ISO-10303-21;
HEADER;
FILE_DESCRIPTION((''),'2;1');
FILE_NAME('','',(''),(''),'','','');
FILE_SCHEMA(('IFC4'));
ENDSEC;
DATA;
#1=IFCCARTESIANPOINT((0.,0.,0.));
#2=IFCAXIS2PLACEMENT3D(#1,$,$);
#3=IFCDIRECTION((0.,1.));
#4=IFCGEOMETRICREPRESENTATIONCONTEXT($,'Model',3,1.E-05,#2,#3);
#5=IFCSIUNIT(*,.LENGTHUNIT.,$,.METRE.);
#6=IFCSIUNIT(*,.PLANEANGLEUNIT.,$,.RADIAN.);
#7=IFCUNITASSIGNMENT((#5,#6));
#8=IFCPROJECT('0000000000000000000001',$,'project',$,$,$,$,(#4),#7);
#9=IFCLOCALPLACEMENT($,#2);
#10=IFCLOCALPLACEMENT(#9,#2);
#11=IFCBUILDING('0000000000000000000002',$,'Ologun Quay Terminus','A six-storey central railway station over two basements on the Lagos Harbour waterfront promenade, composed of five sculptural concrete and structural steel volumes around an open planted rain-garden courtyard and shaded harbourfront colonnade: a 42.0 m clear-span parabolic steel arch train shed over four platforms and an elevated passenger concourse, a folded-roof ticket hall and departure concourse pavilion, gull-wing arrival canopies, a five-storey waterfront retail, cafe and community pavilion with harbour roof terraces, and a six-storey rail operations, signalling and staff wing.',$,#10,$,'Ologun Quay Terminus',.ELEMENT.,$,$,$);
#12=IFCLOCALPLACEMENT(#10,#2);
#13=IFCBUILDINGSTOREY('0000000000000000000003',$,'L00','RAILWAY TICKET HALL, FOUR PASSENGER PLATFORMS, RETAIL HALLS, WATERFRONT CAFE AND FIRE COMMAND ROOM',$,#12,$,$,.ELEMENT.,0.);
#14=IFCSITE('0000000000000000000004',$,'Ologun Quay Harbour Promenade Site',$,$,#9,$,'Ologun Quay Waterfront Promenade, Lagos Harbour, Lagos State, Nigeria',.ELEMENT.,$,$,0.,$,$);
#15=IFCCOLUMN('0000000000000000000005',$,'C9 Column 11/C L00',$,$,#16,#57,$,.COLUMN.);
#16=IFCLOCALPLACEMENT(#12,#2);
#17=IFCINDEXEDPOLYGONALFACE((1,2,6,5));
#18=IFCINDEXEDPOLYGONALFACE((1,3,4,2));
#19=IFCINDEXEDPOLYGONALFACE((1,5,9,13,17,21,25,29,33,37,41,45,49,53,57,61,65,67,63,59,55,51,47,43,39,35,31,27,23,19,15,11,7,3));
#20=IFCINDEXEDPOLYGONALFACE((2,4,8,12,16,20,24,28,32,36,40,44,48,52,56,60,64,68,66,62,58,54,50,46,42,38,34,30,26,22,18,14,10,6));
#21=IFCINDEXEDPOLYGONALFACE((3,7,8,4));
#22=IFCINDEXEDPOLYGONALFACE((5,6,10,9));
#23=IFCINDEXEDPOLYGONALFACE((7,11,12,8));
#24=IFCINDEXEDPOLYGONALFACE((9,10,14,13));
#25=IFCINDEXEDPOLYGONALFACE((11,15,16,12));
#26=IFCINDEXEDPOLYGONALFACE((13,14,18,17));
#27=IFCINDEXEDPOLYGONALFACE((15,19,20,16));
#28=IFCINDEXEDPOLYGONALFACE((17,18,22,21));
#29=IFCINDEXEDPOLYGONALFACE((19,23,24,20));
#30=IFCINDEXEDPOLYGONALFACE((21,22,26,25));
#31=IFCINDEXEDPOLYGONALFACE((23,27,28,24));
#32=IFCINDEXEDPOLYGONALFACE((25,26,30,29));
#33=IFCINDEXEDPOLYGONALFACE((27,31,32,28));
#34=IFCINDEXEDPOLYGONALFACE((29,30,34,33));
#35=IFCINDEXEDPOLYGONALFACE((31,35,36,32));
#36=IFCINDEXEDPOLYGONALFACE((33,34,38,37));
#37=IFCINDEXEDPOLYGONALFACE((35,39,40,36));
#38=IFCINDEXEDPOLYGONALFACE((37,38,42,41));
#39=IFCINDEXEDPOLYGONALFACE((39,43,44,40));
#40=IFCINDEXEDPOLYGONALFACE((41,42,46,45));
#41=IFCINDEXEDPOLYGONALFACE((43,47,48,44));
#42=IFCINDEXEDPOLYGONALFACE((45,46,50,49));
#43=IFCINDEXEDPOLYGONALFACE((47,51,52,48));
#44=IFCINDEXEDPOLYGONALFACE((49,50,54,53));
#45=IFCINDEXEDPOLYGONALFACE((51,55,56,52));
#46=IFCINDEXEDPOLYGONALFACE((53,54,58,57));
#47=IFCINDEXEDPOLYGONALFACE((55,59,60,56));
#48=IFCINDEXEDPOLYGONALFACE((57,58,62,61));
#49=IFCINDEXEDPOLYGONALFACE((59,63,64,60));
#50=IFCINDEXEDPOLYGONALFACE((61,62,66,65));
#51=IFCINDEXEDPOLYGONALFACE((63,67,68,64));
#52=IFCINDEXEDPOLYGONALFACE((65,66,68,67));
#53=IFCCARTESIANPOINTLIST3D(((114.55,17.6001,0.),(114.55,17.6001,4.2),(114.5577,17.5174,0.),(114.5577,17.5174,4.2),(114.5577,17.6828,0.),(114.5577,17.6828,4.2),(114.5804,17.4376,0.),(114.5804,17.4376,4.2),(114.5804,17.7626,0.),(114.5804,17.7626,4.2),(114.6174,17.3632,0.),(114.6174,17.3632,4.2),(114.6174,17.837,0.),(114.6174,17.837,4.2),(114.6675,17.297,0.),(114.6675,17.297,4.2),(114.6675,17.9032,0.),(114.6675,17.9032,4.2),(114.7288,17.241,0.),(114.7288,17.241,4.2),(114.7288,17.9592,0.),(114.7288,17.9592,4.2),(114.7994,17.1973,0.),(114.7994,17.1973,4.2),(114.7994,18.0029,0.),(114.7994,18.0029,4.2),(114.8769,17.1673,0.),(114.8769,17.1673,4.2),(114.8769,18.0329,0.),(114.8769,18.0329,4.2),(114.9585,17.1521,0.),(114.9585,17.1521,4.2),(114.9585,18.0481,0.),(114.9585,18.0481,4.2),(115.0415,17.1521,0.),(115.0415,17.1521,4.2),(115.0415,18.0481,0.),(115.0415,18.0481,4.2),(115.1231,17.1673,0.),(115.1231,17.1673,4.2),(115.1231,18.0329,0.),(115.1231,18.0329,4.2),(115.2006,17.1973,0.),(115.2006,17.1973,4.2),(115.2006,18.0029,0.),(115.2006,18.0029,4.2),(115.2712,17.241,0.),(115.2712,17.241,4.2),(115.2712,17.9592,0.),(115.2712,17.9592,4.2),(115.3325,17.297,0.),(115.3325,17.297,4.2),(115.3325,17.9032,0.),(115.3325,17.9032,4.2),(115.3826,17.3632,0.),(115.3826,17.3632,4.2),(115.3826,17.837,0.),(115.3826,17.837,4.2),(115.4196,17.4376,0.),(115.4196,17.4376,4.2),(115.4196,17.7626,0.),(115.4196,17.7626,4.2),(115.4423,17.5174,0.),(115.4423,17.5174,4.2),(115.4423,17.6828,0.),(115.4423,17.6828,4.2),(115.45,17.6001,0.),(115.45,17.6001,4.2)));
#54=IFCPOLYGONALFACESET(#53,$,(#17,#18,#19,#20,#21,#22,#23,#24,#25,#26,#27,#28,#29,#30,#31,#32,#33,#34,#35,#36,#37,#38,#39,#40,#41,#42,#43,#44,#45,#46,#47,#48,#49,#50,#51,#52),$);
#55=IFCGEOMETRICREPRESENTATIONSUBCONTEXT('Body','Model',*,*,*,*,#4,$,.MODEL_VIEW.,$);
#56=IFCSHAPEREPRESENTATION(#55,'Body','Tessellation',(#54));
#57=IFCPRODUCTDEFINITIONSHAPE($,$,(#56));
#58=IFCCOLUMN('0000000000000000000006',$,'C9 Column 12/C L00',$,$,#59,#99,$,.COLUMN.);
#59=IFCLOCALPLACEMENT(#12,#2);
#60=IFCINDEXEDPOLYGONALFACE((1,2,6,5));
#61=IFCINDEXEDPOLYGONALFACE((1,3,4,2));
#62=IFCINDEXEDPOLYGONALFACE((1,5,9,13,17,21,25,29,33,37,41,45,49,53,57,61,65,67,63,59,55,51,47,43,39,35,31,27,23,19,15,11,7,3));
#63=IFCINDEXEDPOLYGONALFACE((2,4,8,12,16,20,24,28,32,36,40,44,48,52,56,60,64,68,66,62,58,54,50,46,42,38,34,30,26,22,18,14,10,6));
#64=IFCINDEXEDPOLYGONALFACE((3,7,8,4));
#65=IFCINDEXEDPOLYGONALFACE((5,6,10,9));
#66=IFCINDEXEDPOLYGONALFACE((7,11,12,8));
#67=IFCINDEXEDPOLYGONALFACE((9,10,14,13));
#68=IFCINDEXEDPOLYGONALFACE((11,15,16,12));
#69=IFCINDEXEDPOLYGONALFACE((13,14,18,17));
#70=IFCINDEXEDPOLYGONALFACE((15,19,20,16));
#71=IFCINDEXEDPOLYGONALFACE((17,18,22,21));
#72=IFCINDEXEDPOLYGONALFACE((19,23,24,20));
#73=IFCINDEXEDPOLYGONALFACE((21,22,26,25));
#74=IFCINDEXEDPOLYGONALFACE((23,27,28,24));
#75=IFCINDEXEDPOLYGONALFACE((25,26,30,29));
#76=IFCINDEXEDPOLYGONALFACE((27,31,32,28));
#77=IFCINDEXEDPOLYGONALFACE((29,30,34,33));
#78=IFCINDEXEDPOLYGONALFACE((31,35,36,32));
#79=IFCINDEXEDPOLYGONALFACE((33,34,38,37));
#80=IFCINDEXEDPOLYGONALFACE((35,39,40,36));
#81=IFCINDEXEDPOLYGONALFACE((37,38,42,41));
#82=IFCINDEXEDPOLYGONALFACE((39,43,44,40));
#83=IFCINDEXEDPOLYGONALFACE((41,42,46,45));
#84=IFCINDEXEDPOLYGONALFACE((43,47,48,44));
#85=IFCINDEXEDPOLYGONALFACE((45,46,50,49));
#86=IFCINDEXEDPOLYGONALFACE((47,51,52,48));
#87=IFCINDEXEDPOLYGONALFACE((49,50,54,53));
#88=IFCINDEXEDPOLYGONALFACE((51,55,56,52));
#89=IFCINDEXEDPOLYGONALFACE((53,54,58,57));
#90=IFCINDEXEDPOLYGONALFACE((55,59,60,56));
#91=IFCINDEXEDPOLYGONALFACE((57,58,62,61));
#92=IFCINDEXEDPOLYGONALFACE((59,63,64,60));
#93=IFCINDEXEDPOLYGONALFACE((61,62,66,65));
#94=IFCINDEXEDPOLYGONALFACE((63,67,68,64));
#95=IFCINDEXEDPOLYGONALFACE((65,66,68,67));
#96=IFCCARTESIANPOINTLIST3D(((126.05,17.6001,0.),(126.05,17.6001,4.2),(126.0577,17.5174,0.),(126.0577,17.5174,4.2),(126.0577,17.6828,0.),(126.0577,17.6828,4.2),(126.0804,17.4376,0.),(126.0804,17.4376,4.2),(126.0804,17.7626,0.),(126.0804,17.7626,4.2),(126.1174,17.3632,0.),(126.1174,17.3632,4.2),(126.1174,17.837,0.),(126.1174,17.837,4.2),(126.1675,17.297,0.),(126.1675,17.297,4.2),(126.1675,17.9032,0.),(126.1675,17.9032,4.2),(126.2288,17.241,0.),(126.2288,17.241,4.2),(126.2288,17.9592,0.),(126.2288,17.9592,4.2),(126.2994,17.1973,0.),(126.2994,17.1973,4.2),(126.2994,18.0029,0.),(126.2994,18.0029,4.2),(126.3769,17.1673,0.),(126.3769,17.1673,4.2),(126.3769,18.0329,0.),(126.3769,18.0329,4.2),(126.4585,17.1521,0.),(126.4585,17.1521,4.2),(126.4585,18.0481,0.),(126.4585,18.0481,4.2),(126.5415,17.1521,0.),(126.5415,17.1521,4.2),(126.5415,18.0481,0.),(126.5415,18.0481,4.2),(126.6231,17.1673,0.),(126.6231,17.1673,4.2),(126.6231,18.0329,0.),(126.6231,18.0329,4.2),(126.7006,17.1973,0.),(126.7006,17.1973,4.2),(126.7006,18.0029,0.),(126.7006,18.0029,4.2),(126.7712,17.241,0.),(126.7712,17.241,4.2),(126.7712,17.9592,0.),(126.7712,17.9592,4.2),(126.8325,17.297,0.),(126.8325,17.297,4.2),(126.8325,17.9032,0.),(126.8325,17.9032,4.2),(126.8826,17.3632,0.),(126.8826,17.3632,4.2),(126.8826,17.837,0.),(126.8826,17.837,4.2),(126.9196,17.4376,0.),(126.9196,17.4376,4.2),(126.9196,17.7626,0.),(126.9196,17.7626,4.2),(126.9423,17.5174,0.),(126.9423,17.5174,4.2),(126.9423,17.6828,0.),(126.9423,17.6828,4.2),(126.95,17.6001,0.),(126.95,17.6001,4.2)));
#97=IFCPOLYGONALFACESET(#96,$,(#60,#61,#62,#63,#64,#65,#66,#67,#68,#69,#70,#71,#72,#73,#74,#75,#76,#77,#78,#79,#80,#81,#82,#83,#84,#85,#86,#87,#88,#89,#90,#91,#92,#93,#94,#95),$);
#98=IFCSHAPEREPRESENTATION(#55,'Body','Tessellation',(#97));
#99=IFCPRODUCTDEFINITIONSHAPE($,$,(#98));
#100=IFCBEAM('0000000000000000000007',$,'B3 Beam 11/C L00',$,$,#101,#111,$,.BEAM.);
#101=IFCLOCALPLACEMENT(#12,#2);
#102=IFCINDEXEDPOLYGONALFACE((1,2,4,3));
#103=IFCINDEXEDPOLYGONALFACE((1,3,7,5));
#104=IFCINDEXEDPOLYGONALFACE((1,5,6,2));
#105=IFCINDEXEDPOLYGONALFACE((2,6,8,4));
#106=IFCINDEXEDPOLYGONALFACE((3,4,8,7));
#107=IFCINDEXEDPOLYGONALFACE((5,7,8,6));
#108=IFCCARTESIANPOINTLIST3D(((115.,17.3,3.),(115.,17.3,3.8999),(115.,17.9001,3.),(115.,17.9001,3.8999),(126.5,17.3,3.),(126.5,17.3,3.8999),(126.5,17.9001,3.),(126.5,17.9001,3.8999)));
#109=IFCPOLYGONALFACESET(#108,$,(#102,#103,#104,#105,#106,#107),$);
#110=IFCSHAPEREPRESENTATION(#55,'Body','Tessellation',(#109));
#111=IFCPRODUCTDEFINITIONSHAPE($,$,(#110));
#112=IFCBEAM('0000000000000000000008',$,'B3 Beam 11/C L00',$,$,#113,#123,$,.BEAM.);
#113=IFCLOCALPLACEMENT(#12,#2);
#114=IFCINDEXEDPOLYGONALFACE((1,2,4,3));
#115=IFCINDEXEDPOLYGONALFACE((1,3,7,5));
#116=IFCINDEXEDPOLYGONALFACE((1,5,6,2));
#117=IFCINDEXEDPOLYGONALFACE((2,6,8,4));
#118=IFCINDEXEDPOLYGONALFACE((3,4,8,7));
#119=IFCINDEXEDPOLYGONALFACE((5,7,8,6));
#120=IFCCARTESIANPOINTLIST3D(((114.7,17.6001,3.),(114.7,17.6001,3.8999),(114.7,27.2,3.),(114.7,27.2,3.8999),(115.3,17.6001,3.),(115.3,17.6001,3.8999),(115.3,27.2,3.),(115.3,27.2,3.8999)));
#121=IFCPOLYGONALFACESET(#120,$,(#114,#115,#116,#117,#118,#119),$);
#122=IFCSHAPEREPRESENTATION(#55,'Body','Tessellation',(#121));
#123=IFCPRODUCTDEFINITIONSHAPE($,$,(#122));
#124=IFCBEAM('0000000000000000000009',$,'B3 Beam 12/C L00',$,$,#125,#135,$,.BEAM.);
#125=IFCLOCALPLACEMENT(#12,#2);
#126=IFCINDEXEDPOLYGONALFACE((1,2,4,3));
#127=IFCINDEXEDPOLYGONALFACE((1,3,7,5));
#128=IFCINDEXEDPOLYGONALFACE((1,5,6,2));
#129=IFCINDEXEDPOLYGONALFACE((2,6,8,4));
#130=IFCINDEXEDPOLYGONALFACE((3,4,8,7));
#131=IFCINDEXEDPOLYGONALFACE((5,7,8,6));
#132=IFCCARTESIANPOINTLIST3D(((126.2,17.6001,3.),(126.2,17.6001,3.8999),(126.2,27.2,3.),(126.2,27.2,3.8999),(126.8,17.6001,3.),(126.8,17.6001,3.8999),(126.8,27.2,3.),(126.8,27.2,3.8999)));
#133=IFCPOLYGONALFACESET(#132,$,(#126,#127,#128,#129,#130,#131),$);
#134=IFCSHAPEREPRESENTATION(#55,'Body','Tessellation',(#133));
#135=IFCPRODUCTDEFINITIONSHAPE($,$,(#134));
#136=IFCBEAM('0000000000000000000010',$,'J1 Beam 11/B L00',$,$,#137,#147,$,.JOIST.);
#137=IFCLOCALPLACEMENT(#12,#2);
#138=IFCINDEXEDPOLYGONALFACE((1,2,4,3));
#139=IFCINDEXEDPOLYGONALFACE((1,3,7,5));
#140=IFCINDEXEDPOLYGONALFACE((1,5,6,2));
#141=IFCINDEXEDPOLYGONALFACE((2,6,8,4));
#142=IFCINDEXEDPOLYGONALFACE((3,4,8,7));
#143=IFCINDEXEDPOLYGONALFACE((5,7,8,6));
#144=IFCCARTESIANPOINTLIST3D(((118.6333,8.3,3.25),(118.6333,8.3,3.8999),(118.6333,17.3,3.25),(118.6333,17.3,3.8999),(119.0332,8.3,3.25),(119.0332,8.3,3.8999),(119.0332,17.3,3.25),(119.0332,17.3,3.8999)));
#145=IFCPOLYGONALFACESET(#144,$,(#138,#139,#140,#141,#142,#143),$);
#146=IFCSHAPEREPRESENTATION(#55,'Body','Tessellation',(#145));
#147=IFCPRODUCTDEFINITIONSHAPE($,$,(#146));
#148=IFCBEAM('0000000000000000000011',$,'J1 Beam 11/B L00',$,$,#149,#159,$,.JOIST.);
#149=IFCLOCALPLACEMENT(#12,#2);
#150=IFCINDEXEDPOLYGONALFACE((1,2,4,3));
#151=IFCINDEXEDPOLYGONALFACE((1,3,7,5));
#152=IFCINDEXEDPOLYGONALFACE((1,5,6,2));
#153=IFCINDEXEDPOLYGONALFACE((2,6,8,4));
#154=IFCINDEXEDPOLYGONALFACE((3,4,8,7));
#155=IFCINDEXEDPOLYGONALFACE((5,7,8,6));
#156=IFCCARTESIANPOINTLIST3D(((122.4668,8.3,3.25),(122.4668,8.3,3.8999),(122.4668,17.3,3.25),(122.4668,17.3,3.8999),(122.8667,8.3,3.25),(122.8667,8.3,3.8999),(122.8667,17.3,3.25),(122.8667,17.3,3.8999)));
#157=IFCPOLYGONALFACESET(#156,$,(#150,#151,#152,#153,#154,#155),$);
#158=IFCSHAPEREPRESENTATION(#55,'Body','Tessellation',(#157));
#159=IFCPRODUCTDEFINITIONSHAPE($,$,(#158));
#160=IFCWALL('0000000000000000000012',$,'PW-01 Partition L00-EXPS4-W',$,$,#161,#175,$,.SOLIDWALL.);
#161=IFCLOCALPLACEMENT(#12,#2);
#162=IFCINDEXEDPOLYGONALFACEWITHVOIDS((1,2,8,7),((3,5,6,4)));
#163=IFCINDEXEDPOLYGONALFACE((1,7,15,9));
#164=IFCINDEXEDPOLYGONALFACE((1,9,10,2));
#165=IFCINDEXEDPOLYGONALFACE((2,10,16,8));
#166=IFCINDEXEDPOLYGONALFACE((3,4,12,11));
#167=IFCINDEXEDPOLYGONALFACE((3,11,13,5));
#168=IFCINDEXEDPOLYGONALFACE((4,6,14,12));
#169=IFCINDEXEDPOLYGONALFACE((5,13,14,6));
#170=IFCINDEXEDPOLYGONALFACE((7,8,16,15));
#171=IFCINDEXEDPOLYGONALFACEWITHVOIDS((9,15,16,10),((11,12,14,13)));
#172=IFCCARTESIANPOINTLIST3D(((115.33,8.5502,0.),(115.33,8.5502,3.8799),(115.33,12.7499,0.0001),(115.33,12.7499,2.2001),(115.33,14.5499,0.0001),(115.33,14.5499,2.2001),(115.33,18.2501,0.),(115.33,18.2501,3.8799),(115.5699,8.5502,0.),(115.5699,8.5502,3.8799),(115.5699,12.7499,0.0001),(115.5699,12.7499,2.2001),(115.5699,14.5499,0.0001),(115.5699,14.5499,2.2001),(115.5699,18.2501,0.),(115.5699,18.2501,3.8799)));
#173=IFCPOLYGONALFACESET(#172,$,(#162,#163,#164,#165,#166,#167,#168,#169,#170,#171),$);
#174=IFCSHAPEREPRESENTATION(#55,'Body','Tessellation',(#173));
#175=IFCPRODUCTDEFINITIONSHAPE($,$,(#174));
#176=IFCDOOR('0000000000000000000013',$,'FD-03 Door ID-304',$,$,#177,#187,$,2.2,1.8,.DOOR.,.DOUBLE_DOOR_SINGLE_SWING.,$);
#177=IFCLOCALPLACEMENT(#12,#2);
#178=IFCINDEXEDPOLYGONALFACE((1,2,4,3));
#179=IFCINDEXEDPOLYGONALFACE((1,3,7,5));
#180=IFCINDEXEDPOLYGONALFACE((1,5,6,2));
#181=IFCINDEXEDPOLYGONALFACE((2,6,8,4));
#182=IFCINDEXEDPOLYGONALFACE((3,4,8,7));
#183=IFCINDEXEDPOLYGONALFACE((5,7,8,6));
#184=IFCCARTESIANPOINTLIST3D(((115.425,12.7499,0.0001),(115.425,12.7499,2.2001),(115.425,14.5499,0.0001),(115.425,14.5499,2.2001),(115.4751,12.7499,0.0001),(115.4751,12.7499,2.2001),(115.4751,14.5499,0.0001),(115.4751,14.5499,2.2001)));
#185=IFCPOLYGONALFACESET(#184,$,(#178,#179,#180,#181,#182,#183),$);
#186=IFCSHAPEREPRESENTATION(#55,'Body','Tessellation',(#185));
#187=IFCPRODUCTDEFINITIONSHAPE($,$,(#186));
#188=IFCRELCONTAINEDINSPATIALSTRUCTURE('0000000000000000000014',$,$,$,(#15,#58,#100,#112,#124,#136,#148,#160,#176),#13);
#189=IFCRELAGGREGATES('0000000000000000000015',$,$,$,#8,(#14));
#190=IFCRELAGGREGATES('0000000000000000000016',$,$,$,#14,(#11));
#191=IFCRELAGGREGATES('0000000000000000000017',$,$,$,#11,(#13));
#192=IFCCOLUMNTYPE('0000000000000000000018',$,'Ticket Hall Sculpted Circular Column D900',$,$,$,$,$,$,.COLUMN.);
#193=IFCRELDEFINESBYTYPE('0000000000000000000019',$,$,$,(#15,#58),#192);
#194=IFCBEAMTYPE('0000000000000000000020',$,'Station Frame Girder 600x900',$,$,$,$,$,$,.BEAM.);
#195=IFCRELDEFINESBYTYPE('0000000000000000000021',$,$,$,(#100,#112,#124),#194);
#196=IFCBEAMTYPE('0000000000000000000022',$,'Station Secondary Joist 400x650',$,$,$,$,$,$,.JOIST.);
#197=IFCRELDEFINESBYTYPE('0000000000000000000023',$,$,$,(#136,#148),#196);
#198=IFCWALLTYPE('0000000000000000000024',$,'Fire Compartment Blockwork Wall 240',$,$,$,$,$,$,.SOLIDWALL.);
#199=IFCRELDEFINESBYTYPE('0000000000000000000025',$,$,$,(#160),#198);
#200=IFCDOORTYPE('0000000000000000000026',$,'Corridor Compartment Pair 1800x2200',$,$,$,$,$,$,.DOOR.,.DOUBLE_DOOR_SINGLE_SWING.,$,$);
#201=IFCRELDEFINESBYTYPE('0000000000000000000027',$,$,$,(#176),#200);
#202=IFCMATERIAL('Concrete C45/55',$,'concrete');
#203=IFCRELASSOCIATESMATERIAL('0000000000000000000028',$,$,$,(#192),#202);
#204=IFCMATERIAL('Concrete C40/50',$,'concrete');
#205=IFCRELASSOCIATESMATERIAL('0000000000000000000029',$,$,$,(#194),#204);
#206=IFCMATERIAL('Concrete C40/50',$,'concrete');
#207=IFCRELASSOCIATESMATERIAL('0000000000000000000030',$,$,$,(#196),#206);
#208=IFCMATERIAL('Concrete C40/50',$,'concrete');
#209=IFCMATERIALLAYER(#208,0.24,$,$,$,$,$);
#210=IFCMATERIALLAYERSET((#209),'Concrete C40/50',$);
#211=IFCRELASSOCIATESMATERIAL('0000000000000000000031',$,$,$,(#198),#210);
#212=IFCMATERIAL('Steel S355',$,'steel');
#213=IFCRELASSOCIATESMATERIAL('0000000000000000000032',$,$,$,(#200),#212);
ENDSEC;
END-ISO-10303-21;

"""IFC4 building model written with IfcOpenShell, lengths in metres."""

from ifc_helpers import new_model, si_unit, direction, frame, frame_2d, origin, origin_2d, place, context, subcontext, project, spatial, rectangle, circle, extrude, material, layer, layer_set, material_profile, profile_set, type_object, element, fill, save


model = new_model("IFC4")

# Units and contexts
model_context = context("Model", 3, precision=1e-05, world=origin(), true_north=direction((0.0, 1.0)))
body_context = subcontext(model_context, "Body", "Model", "MODEL_VIEW")
ifc_project = project(units=[si_unit("LENGTHUNIT", "METRE"), si_unit("PLANEANGLEUNIT", "RADIAN")], contexts=[model_context])

# Site, building, storey
site_placement = place(None, origin())
site = spatial("IfcSite", under=ifc_project, at=site_placement, Name="Ologun Quay Harbour Promenade Site", LongName="Ologun Quay Waterfront Promenade, Lagos Harbour, Lagos State, Nigeria", CompositionType="ELEMENT", RefElevation=0.0)
building_placement = place(site_placement, origin())
building = spatial("IfcBuilding", under=site, at=building_placement, Name="Ologun Quay Terminus", Description="A six-storey central railway station over two basements on the Lagos Harbour waterfront promenade, composed of five sculptural concrete and structural steel volumes around an open planted rain-garden courtyard and shaded harbourfront colonnade: a 42.0 m clear-span parabolic steel arch train shed over four platforms and an elevated passenger concourse, a folded-roof ticket hall and departure concourse pavilion, gull-wing arrival canopies, a five-storey waterfront retail, cafe and community pavilion with harbour roof terraces, and a six-storey rail operations, signalling and staff wing.", LongName="Ologun Quay Terminus", CompositionType="ELEMENT")
storey_placement = place(building_placement, origin())
storey = spatial("IfcBuildingStorey", under=building, at=storey_placement, Name="L00", Description="RAILWAY TICKET HALL, FOUR PASSENGER PLATFORMS, RETAIL HALLS, WATERFRONT CAFE AND FIRE COMMAND ROOM", CompositionType="ELEMENT", Elevation=0.0)

# Columns
ifc_material_1 = material(Name="Concrete C45/55", Category="concrete")
ifc_material_profile_1 = material_profile(ifc_material_1, circle(Radius=0.45, at=origin_2d()), Name="RC D900")
ifc_profile_set_1 = profile_set([ifc_material_profile_1], Name="Concrete C45/55")
column_type = type_object("IfcColumnType", Name="Ticket Hall Sculpted Circular Column D900", PredefinedType="COLUMN", material=ifc_profile_set_1)
for number, where, z_axis, x_axis, name in (
    (1, (115.0, 17.6001, 0.0), (0.0, 0.0, 1.0), (1.0, 0.0, 0.0), "C9 Column 11/C L00"),
    (2, (126.5, 17.6001, 0.0), (0.0, 0.0, 1.0), (1.0, 0.0, 0.0), "C9 Column 12/C L00"),
):
    element("IfcColumn", number, at=place(storey_placement, frame(where, z_axis=z_axis, x_axis=x_axis)), inside=storey, type_object=column_type, Name=name, PredefinedType="COLUMN", context=body_context, shape_type="SweptSolid", body=[
        extrude(circle(Radius=0.45, at=origin_2d()), origin(), (0.0, 0.0, 1.0), 4.2),
    ])

# Beams
ifc_material_2 = material(Name="Concrete C40/50", Category="concrete")
ifc_material_profile_2 = material_profile(ifc_material_2, rectangle(XDim=0.6001, YDim=0.8999, at=origin_2d()), Name="RC 600x900")
ifc_profile_set_2 = profile_set([ifc_material_profile_2], Name="Concrete C40/50")
beam_type_1 = type_object("IfcBeamType", Name="Station Frame Girder 600x900", PredefinedType="BEAM", material=ifc_profile_set_2)
beam_placement = place(storey_placement, frame((115.0, 17.6001, 3.45), z_axis=(1.0, 0.0, 0.0), x_axis=(0.0, 1.0, 0.0)))
element("IfcBeam", 3, at=beam_placement, inside=storey, type_object=beam_type_1, Name="B3 Beam 11/C L00", PredefinedType="BEAM", context=body_context, shape_type="SweptSolid", body=[
    extrude(rectangle(XDim=0.6001, YDim=0.8999, at=origin_2d()), origin(), (0.0, 0.0, 1.0), 11.5),
])
for number, where, z_axis, x_axis, name in (
    (4, (115.0, 17.6001, 3.45), (0.0, 1.0, 0.0), (-1.0, 0.0, 0.0), "B3 Beam 11/C L00"),
    (5, (126.5, 17.6001, 3.45), (0.0, 1.0, 0.0), (-1.0, 0.0, 0.0), "B3 Beam 12/C L00"),
):
    element("IfcBeam", number, at=place(storey_placement, frame(where, z_axis=z_axis, x_axis=x_axis)), inside=storey, type_object=beam_type_1, Name=name, PredefinedType="BEAM", context=body_context, shape_type="SweptSolid", body=[
        extrude(rectangle(XDim=0.6001, YDim=0.8999, at=origin_2d()), origin(), (0.0, 0.0, 1.0), 9.5999),
    ])
ifc_material_3 = material(Name="Concrete C40/50", Category="concrete")
ifc_material_profile_3 = material_profile(ifc_material_3, rectangle(XDim=0.3999, YDim=0.6499, at=origin_2d()), Name="RC 400x650")
ifc_profile_set_3 = profile_set([ifc_material_profile_3], Name="Concrete C40/50")
beam_type_2 = type_object("IfcBeamType", Name="Station Secondary Joist 400x650", PredefinedType="JOIST", material=ifc_profile_set_3)
for number, where, z_axis, x_axis, name in (
    (6, (118.8333, 8.3, 3.575), (0.0, 1.0, 0.0), (-1.0, 0.0, 0.0), "J1 Beam 11/B L00"),
    (7, (122.6667, 8.3, 3.575), (0.0, 1.0, 0.0), (-1.0, 0.0, 0.0), "J1 Beam 11/B L00"),
):
    element("IfcBeam", number, at=place(storey_placement, frame(where, z_axis=z_axis, x_axis=x_axis)), inside=storey, type_object=beam_type_2, Name=name, PredefinedType="JOIST", context=body_context, shape_type="SweptSolid", body=[
        extrude(rectangle(XDim=0.3999, YDim=0.6499, at=origin_2d()), origin(), (0.0, 0.0, 1.0), 9.0),
    ])

# Wall, opening, door
ifc_material_4 = material(Name="Concrete C40/50", Category="concrete")
ifc_layer_1 = layer(ifc_material_4, 0.24)
ifc_layer_set_1 = layer_set([ifc_layer_1], Name="Concrete C40/50")
wall_type_1 = type_object("IfcWallType", Name="Fire Compartment Blockwork Wall 240", PredefinedType="SOLIDWALL", material=ifc_layer_set_1)
wall_1_placement = place(storey_placement, frame((115.45, 8.55, 0.0), z_axis=(0.0, 0.0, 1.0), x_axis=(0.0, 1.0, 0.0)))
wall_1 = element("IfcWall", 8, at=wall_1_placement, inside=storey, type_object=wall_type_1, Name="PW-01 Partition L00-EXPS4-W", PredefinedType="SOLIDWALL", context=body_context, shape_type="SweptSolid", body=[
    extrude(rectangle(XDim=9.7, YDim=0.24, at=frame_2d((4.8501, 0.0))), origin(), (0.0, 0.0, 1.0), 3.8799),
])
opening_1_placement = place(wall_1_placement, frame((4.2, 0.0, 0.0)))
opening_1 = element("IfcOpeningElement", 9, at=opening_1_placement, cuts=wall_1, PredefinedType="OPENING", context=body_context, shape_type="SweptSolid", body=[
    extrude(rectangle(XDim=1.8, YDim=2.2, at=frame_2d((0.8999, 1.1001))), frame((0.0, 0.1299, 0.0), z_axis=(0.0, -1.0, 0.0), x_axis=(1.0, 0.0, 0.0)), (0.0, 0.0, 1.0), 0.26),
])
ifc_material_5 = material(Name="Steel S355", Category="steel")
door_type = type_object("IfcDoorType", Name="Corridor Compartment Pair 1800x2200", OperationType="DOUBLE_DOOR_SINGLE_SWING", PredefinedType="DOOR", material=ifc_material_5)
door_placement = place(opening_1_placement, origin())
door = element("IfcDoor", 10, at=door_placement, inside=storey, type_object=door_type, Name="FD-03 Door ID-304", OperationType="DOUBLE_DOOR_SINGLE_SWING", OverallHeight=2.2, OverallWidth=1.8, PredefinedType="DOOR", context=body_context, shape_type="SweptSolid", body=[
    extrude(rectangle(XDim=1.8, YDim=2.2, at=frame_2d((0.8999, 1.1001))), frame((0.0, 0.0249, 0.0), z_axis=(0.0, -1.0, 0.0), x_axis=(1.0, 0.0, 0.0)), (0.0, 0.0, 1.0), 0.05),
])
fill(opening_1, door)

save(model, "model.ifc")
